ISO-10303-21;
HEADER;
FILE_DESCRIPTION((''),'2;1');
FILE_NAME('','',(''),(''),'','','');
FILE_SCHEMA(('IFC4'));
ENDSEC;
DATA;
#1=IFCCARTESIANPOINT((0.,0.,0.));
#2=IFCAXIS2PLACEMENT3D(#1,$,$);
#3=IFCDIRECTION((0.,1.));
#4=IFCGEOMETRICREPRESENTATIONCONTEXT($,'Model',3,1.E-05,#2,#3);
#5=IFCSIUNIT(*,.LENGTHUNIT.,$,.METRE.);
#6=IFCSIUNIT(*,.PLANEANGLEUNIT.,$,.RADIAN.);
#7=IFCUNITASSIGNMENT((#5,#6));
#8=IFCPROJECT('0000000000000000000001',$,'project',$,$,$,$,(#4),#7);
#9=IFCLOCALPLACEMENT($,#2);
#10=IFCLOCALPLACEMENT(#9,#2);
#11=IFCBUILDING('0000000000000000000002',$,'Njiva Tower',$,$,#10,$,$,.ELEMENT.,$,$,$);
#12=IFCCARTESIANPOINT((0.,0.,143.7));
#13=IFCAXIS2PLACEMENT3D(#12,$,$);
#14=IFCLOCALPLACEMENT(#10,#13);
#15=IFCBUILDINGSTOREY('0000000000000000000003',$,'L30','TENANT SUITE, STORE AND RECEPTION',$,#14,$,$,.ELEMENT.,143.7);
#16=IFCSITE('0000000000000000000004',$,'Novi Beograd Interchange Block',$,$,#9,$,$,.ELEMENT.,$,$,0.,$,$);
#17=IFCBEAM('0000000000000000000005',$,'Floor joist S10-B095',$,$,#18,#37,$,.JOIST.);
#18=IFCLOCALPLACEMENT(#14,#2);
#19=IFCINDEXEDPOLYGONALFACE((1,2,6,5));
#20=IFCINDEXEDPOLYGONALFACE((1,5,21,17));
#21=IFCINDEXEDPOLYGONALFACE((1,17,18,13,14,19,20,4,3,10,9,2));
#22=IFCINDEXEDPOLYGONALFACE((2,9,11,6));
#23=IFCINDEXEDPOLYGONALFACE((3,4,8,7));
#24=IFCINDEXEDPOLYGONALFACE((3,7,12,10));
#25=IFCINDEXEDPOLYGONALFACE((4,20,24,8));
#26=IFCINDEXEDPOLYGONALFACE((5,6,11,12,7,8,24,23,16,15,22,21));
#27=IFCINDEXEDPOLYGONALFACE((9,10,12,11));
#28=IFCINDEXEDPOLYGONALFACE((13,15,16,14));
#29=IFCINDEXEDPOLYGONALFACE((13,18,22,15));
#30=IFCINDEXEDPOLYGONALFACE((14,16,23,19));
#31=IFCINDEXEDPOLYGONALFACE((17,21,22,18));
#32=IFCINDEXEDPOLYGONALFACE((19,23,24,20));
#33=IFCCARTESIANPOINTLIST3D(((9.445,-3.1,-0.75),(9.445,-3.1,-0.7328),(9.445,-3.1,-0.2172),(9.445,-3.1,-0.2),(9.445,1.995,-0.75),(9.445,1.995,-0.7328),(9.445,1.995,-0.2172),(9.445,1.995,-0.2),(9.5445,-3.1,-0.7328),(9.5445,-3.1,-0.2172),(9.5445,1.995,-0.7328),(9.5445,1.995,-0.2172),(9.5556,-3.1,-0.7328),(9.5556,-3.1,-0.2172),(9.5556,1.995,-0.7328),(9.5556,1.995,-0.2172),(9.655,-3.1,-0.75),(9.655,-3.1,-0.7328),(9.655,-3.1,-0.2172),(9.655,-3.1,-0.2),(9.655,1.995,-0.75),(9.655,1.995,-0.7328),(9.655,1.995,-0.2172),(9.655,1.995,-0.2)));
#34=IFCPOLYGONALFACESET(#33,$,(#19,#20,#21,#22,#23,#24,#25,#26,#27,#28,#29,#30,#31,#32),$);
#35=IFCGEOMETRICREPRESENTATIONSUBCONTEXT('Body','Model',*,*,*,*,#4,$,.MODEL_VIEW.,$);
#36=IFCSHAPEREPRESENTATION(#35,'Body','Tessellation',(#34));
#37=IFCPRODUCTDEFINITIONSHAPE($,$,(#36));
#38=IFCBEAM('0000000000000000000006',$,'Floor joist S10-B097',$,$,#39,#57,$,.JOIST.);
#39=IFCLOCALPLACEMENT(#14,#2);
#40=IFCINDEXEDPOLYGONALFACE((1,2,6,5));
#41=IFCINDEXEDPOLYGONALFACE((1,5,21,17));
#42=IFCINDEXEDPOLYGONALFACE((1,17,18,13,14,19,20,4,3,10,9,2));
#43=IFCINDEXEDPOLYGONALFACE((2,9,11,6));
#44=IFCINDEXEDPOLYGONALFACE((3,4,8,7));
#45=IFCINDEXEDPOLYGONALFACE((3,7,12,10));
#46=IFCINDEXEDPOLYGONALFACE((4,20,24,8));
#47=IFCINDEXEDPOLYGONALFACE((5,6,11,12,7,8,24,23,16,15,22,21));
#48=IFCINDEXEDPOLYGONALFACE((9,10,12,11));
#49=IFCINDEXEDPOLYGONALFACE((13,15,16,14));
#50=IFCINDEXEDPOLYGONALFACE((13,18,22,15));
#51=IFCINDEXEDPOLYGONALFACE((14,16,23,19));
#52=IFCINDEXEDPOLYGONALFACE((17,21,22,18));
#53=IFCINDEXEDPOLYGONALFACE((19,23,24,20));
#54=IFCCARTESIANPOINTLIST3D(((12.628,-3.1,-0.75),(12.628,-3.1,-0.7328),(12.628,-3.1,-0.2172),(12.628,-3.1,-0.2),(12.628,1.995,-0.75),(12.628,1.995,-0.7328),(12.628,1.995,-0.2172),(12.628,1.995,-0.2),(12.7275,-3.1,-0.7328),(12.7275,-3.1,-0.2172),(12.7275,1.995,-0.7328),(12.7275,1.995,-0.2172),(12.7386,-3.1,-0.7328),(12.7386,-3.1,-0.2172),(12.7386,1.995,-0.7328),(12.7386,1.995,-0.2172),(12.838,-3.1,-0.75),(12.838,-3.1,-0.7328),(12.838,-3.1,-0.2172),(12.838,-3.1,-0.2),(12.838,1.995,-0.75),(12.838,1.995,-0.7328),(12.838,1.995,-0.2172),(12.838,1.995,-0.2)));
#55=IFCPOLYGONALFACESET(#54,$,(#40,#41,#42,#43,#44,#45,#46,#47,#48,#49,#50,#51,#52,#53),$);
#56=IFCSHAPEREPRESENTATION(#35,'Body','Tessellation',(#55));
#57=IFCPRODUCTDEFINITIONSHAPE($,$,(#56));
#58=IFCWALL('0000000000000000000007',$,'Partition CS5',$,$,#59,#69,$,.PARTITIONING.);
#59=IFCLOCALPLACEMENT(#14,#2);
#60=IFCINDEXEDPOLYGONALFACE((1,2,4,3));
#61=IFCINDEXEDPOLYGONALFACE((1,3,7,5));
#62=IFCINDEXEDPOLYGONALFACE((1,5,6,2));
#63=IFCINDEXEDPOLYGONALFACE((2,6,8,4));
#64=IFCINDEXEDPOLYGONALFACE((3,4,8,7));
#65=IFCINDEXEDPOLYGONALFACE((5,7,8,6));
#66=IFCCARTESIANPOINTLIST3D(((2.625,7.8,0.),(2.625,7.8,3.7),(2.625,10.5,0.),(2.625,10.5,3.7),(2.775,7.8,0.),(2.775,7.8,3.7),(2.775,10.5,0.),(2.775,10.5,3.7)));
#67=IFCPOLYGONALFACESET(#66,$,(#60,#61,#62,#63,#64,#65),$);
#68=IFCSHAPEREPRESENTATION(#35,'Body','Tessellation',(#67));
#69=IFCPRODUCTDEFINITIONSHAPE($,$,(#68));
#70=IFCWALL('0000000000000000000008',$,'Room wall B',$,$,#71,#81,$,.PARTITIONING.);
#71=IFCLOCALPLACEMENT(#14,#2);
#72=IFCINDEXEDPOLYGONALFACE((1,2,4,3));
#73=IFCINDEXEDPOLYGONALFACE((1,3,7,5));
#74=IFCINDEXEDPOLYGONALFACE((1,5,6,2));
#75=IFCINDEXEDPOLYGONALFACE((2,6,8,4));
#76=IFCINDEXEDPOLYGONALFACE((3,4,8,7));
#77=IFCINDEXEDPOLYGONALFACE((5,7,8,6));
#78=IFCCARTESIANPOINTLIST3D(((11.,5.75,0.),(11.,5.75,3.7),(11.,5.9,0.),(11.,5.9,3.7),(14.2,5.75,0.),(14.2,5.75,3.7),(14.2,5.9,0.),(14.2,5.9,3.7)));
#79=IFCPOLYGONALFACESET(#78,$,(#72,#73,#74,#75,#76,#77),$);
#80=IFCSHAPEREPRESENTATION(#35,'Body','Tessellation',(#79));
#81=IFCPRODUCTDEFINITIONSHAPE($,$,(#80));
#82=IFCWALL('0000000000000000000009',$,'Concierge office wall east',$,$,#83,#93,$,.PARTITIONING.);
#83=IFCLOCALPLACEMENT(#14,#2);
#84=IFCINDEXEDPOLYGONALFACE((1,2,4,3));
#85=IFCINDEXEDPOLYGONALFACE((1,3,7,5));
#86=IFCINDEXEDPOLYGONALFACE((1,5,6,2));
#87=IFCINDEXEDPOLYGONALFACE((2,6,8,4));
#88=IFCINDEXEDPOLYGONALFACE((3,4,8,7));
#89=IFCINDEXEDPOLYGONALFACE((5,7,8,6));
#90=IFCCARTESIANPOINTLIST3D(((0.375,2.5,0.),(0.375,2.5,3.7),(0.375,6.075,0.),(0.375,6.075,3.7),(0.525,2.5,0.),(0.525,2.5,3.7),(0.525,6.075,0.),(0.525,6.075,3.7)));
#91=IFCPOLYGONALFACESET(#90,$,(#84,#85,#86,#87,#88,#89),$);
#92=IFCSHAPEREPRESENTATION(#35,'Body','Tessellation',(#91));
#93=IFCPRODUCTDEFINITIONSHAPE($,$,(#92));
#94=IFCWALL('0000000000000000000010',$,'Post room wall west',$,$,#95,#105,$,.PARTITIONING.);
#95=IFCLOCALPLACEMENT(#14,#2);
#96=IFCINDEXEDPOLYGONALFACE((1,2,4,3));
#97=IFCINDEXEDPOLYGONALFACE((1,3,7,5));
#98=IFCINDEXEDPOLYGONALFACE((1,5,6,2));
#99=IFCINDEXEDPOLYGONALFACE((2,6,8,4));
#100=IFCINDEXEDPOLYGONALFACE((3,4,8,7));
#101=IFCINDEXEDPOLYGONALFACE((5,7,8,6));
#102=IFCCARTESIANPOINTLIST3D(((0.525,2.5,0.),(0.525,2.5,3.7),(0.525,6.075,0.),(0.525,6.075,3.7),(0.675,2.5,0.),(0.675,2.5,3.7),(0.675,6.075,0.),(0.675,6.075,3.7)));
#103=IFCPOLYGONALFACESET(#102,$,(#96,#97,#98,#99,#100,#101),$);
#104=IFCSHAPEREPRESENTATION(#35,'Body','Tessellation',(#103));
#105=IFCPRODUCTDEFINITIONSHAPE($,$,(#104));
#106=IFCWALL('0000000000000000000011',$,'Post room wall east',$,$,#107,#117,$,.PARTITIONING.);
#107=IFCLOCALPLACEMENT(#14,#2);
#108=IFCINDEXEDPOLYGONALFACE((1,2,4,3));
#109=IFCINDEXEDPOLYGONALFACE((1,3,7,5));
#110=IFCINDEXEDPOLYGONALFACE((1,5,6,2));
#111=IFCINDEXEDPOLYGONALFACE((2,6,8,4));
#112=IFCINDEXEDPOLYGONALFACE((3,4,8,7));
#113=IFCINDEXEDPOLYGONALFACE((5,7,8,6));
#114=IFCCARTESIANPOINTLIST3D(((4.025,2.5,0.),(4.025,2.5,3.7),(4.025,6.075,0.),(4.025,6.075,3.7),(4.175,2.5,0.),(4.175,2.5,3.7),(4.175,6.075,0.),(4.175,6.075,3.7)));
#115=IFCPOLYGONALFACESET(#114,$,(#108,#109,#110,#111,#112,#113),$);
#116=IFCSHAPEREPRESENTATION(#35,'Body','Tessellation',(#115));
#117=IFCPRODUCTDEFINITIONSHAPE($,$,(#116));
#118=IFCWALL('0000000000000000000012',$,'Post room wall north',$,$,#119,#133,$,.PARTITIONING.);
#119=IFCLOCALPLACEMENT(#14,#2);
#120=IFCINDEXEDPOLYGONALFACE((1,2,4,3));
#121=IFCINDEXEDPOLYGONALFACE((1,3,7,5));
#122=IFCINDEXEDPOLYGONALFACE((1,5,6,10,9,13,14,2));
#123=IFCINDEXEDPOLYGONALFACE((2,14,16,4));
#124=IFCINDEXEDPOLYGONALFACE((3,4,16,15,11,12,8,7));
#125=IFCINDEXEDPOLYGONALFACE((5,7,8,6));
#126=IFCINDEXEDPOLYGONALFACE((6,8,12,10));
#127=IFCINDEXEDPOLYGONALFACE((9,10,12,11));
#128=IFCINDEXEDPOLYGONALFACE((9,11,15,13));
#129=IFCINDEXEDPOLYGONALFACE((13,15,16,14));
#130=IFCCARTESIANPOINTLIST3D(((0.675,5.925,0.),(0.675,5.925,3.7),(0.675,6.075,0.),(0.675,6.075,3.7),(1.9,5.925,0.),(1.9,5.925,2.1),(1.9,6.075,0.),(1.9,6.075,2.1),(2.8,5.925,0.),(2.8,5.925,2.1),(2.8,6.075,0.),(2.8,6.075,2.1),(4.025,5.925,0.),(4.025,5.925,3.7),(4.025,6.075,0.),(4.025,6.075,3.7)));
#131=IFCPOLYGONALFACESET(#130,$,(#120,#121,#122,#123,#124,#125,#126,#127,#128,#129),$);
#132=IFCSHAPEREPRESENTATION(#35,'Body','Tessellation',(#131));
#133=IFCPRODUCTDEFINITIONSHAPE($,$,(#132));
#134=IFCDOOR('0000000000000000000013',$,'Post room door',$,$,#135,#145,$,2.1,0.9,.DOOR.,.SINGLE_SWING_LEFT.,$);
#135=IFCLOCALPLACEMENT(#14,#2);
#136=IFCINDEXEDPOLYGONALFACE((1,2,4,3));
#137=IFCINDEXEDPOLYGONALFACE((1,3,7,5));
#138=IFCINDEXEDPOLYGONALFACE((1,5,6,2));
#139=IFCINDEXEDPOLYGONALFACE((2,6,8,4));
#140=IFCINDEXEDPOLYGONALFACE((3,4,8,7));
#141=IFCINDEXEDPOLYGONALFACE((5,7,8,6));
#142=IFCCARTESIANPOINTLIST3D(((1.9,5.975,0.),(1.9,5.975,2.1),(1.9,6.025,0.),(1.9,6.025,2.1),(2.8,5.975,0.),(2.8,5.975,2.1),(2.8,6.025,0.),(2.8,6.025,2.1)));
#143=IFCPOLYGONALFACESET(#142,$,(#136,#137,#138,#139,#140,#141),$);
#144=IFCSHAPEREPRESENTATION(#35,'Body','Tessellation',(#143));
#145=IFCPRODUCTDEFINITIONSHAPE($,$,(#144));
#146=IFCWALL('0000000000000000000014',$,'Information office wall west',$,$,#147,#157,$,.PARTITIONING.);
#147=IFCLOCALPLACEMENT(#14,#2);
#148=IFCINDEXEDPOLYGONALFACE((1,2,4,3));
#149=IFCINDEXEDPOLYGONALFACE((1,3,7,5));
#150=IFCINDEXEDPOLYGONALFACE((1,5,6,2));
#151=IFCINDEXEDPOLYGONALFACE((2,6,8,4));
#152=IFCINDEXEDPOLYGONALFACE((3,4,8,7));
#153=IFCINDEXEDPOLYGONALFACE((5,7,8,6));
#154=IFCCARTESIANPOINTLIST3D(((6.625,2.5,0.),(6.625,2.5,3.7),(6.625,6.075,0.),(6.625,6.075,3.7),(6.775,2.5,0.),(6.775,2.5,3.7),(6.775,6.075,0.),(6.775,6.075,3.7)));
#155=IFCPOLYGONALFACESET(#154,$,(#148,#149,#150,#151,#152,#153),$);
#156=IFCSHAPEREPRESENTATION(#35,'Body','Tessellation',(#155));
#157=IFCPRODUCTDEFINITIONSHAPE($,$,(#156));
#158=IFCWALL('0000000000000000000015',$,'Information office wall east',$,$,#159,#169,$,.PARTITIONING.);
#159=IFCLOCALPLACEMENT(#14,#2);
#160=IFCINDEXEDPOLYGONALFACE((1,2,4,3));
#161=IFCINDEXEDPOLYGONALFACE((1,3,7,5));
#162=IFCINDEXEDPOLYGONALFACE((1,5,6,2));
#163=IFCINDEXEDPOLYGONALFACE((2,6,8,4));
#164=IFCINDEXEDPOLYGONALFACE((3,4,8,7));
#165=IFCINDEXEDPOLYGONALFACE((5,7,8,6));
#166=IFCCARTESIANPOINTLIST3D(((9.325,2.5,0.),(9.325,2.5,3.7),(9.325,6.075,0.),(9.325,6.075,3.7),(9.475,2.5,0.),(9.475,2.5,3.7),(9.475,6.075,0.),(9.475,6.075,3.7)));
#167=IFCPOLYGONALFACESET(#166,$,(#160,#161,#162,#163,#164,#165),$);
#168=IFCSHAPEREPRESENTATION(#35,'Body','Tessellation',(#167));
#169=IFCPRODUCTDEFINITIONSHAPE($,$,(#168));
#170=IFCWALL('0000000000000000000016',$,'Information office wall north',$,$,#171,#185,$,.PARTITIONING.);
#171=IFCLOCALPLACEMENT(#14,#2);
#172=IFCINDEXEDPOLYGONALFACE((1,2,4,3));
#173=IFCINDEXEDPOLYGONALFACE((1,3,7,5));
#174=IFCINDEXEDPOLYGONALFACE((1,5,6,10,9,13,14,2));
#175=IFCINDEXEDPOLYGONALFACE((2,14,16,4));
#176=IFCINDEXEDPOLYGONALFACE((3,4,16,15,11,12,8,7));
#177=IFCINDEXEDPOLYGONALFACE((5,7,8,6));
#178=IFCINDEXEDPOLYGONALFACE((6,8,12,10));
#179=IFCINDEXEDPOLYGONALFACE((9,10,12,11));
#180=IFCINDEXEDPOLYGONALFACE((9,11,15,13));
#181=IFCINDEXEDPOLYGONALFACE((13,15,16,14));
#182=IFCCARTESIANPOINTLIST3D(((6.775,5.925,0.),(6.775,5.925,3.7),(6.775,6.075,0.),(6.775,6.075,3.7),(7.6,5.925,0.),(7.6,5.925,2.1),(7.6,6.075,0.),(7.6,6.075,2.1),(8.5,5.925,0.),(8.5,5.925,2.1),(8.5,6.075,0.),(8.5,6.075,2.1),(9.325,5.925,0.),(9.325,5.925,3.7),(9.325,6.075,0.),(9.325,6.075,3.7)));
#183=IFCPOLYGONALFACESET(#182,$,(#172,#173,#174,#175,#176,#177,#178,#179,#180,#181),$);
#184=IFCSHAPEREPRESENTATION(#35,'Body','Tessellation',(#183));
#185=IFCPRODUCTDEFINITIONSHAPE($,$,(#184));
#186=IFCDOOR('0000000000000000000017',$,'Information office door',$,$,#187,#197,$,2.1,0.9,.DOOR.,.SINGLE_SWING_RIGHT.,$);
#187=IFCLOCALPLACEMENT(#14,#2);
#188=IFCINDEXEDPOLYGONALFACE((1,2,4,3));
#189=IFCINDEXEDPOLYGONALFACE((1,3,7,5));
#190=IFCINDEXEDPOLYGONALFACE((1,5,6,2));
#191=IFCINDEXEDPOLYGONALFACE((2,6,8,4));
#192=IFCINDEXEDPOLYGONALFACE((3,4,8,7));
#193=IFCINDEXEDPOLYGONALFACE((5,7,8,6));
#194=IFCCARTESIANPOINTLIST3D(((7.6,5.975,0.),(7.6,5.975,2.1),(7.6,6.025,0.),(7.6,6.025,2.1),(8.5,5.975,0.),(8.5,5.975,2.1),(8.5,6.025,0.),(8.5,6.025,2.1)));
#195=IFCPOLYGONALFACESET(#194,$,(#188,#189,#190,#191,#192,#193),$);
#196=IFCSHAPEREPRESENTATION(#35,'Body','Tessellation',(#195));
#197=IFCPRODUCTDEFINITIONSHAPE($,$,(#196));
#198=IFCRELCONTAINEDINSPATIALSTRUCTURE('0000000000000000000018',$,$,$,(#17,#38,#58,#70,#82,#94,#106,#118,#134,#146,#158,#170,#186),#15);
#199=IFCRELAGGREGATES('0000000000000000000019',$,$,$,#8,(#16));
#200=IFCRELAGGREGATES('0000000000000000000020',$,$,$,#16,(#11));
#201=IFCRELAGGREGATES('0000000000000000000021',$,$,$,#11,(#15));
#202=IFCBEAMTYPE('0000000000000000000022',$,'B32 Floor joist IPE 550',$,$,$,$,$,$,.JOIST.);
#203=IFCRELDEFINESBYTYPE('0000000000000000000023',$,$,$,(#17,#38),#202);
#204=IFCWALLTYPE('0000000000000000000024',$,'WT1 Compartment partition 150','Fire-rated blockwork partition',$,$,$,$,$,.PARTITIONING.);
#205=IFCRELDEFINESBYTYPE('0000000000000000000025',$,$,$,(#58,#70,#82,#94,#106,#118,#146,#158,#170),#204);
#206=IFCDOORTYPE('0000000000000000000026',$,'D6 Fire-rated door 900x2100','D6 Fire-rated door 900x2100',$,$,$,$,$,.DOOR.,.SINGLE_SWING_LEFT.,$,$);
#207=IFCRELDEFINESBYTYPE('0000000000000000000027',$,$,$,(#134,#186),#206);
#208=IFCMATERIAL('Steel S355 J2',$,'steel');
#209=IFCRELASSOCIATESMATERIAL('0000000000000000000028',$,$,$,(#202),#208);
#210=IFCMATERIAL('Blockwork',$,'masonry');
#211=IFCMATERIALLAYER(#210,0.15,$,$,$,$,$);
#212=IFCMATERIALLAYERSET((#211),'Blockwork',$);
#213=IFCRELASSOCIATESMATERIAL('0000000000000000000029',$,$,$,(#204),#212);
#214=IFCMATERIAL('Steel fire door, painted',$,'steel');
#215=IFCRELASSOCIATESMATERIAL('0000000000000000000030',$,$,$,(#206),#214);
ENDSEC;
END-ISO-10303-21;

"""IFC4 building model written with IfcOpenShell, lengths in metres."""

from ifc_helpers import new_model, si_unit, direction, frame, frame_2d, origin, origin_2d, place, context, subcontext, project, spatial, rectangle, i_section, extrude, material, layer, layer_set, material_profile, profile_set, type_object, element, fill, save


model = new_model("IFC4")

# Units and contexts
model_context = context("Model", 3, precision=1e-05, world=origin(), true_north=direction((0.0, 1.0)))
body_context = subcontext(model_context, "Body", "Model", "MODEL_VIEW")
ifc_project = project(units=[si_unit("LENGTHUNIT", "METRE"), si_unit("PLANEANGLEUNIT", "RADIAN")], contexts=[model_context])

# Site, building, storey
site_placement = place(None, origin())
site = spatial("IfcSite", under=ifc_project, at=site_placement, Name="Novi Beograd Interchange Block", CompositionType="ELEMENT", RefElevation=0.0)
building_placement = place(site_placement, origin())
building = spatial("IfcBuilding", under=site, at=building_placement, Name="Njiva Tower", CompositionType="ELEMENT")
storey_placement = place(building_placement, frame((0.0, 0.0, 143.7)))
storey = spatial("IfcBuildingStorey", under=building, at=storey_placement, Name="L30", Description="TENANT SUITE, STORE AND RECEPTION", CompositionType="ELEMENT", Elevation=143.7)

# Beams
ifc_material_1 = material(Name="Steel S355 J2", Category="steel")
ifc_material_profile = material_profile(ifc_material_1, i_section(OverallWidth=0.21, OverallDepth=0.55, WebThickness=0.0111, FlangeThickness=0.0172, at=origin_2d()), Name="IPE 550")
ifc_profile_set = profile_set([ifc_material_profile], Name="Steel S355 J2")
beam_type = type_object("IfcBeamType", Name="B32 Floor joist IPE 550", PredefinedType="JOIST", material=ifc_profile_set)
for number, where, z_axis, x_axis, name in (
    (1, (9.55, 1.995, -0.475), (0.0, -1.0, 0.0), (1.0, 0.0, 0.0), "Floor joist S10-B095"),
    (2, (12.733, 1.995, -0.475), (0.0, -1.0, 0.0), (1.0, 0.0, 0.0), "Floor joist S10-B097"),
):
    element("IfcBeam", number, at=place(storey_placement, frame(where, z_axis=z_axis, x_axis=x_axis)), inside=storey, type_object=beam_type, Name=name, PredefinedType="JOIST", context=body_context, shape_type="SweptSolid", body=[
        extrude(i_section(OverallWidth=0.21, OverallDepth=0.55, WebThickness=0.0111, FlangeThickness=0.0172, at=origin_2d()), origin(), (0.0, 0.0, 1.0), 5.095),
    ])

# Walls
ifc_material_2 = material(Name="Blockwork", Category="masonry")
ifc_layer_1 = layer(ifc_material_2, 0.15)
ifc_layer_set_1 = layer_set([ifc_layer_1], Name="Blockwork")
wall_type_1 = type_object("IfcWallType", Name="WT1 Compartment partition 150", Description="Fire-rated blockwork partition", PredefinedType="PARTITIONING", material=ifc_layer_set_1)
wall_1_placement = place(storey_placement, frame((2.7, 7.8, 0.0), z_axis=(0.0, 0.0, 1.0), x_axis=(0.0, 1.0, 0.0)))
element("IfcWall", 3, at=wall_1_placement, inside=storey, type_object=wall_type_1, Name="Partition CS5", PredefinedType="PARTITIONING", context=body_context, shape_type="SweptSolid", body=[
    extrude(rectangle(XDim=2.7, YDim=0.15, at=frame_2d((1.35, 0.0))), origin(), (0.0, 0.0, 1.0), 3.7),
])
wall_2_placement = place(storey_placement, frame((11.0, 5.825, 0.0), z_axis=(0.0, 0.0, 1.0), x_axis=(1.0, 0.0, 0.0)))
element("IfcWall", 4, at=wall_2_placement, inside=storey, type_object=wall_type_1, Name="Room wall B", PredefinedType="PARTITIONING", context=body_context, shape_type="SweptSolid", body=[
    extrude(rectangle(XDim=3.2, YDim=0.15, at=frame_2d((1.6, 0.0))), origin(), (0.0, 0.0, 1.0), 3.7),
])
for number, where, z_axis, x_axis, name in (
    (5, (0.45, 2.5, 0.0), (0.0, 0.0, 1.0), (0.0, 1.0, 0.0), "Concierge office wall east"),
    (6, (0.6, 2.5, 0.0), (0.0, 0.0, 1.0), (0.0, 1.0, 0.0), "Post room wall west"),
    (7, (4.1, 2.5, 0.0), (0.0, 0.0, 1.0), (0.0, 1.0, 0.0), "Post room wall east"),
):
    element("IfcWall", number, at=place(storey_placement, frame(where, z_axis=z_axis, x_axis=x_axis)), inside=storey, type_object=wall_type_1, Name=name, PredefinedType="PARTITIONING", context=body_context, shape_type="SweptSolid", body=[
        extrude(rectangle(XDim=3.575, YDim=0.15, at=frame_2d((1.7875, 0.0))), origin(), (0.0, 0.0, 1.0), 3.7),
    ])

# Wall, opening, door
wall_3_placement = place(storey_placement, frame((0.675, 6.0, 0.0), z_axis=(0.0, 0.0, 1.0), x_axis=(1.0, 0.0, 0.0)))
wall_3 = element("IfcWall", 8, at=wall_3_placement, inside=storey, type_object=wall_type_1, Name="Post room wall north", PredefinedType="PARTITIONING", context=body_context, shape_type="SweptSolid", body=[
    extrude(rectangle(XDim=3.35, YDim=0.15, at=frame_2d((1.675, 0.0))), origin(), (0.0, 0.0, 1.0), 3.7),
])
opening_1_placement = place(wall_3_placement, frame((1.225, 0.0, 0.0)))
opening_1 = element("IfcOpeningElement", 9, at=opening_1_placement, cuts=wall_3, PredefinedType="OPENING", context=body_context, shape_type="SweptSolid", body=[
    extrude(rectangle(XDim=0.9, YDim=2.1, at=frame_2d((0.45, 1.05))), frame((0.0, 0.085, 0.0), z_axis=(0.0, -1.0, 0.0), x_axis=(1.0, 0.0, 0.0)), (0.0, 0.0, 1.0), 0.17),
])
ifc_material_3 = material(Name="Steel fire door, painted", Category="steel")
door_type_1 = type_object("IfcDoorType", Name="D6 Fire-rated door 900x2100", Description="D6 Fire-rated door 900x2100", OperationType="SINGLE_SWING_LEFT", PredefinedType="DOOR", material=ifc_material_3)
door_1_placement = place(opening_1_placement, origin())
door_1 = element("IfcDoor", 10, at=door_1_placement, inside=storey, type_object=door_type_1, Name="Post room door", OperationType="SINGLE_SWING_LEFT", OverallHeight=2.1, OverallWidth=0.9, PredefinedType="DOOR", context=body_context, shape_type="SweptSolid", body=[
    extrude(rectangle(XDim=0.9, YDim=2.1, at=frame_2d((0.45, 1.05))), frame((0.0, 0.025, 0.0), z_axis=(0.0, -1.0, 0.0), x_axis=(1.0, 0.0, 0.0)), (0.0, 0.0, 1.0), 0.05),
])
fill(opening_1, door_1)

# Walls
for number, where, z_axis, x_axis, name in (
    (11, (6.7, 2.5, 0.0), (0.0, 0.0, 1.0), (0.0, 1.0, 0.0), "Information office wall west"),
    (12, (9.4, 2.5, 0.0), (0.0, 0.0, 1.0), (0.0, 1.0, 0.0), "Information office wall east"),
):
    element("IfcWall", number, at=place(storey_placement, frame(where, z_axis=z_axis, x_axis=x_axis)), inside=storey, type_object=wall_type_1, Name=name, PredefinedType="PARTITIONING", context=body_context, shape_type="SweptSolid", body=[
        extrude(rectangle(XDim=3.575, YDim=0.15, at=frame_2d((1.7875, 0.0))), origin(), (0.0, 0.0, 1.0), 3.7),
    ])

# Wall, opening, door
wall_4_placement = place(storey_placement, frame((6.775, 6.0, 0.0), z_axis=(0.0, 0.0, 1.0), x_axis=(1.0, 0.0, 0.0)))
wall_4 = element("IfcWall", 13, at=wall_4_placement, inside=storey, type_object=wall_type_1, Name="Information office wall north", PredefinedType="PARTITIONING", context=body_context, shape_type="SweptSolid", body=[
    extrude(rectangle(XDim=2.55, YDim=0.15, at=frame_2d((1.275, 0.0))), origin(), (0.0, 0.0, 1.0), 3.7),
])
opening_2_placement = place(wall_4_placement, frame((0.825, 0.0, 0.0)))
opening_2 = element("IfcOpeningElement", 14, at=opening_2_placement, cuts=wall_4, PredefinedType="OPENING", context=body_context, shape_type="SweptSolid", body=[
    extrude(rectangle(XDim=0.9, YDim=2.1, at=frame_2d((0.45, 1.05))), frame((0.0, 0.085, 0.0), z_axis=(0.0, -1.0, 0.0), x_axis=(1.0, 0.0, 0.0)), (0.0, 0.0, 1.0), 0.17),
])
door_2_placement = place(opening_2_placement, origin())
door_2 = element("IfcDoor", 15, at=door_2_placement, inside=storey, type_object=door_type_1, Name="Information office door", OperationType="SINGLE_SWING_RIGHT", OverallHeight=2.1, OverallWidth=0.9, PredefinedType="DOOR", context=body_context, shape_type="SweptSolid", body=[
    extrude(rectangle(XDim=0.9, YDim=2.1, at=frame_2d((0.45, 1.05))), frame((0.0, 0.025, 0.0), z_axis=(0.0, -1.0, 0.0), x_axis=(1.0, 0.0, 0.0)), (0.0, 0.0, 1.0), 0.05),
])
fill(opening_2, door_2)

save(model, "model.ifc")
